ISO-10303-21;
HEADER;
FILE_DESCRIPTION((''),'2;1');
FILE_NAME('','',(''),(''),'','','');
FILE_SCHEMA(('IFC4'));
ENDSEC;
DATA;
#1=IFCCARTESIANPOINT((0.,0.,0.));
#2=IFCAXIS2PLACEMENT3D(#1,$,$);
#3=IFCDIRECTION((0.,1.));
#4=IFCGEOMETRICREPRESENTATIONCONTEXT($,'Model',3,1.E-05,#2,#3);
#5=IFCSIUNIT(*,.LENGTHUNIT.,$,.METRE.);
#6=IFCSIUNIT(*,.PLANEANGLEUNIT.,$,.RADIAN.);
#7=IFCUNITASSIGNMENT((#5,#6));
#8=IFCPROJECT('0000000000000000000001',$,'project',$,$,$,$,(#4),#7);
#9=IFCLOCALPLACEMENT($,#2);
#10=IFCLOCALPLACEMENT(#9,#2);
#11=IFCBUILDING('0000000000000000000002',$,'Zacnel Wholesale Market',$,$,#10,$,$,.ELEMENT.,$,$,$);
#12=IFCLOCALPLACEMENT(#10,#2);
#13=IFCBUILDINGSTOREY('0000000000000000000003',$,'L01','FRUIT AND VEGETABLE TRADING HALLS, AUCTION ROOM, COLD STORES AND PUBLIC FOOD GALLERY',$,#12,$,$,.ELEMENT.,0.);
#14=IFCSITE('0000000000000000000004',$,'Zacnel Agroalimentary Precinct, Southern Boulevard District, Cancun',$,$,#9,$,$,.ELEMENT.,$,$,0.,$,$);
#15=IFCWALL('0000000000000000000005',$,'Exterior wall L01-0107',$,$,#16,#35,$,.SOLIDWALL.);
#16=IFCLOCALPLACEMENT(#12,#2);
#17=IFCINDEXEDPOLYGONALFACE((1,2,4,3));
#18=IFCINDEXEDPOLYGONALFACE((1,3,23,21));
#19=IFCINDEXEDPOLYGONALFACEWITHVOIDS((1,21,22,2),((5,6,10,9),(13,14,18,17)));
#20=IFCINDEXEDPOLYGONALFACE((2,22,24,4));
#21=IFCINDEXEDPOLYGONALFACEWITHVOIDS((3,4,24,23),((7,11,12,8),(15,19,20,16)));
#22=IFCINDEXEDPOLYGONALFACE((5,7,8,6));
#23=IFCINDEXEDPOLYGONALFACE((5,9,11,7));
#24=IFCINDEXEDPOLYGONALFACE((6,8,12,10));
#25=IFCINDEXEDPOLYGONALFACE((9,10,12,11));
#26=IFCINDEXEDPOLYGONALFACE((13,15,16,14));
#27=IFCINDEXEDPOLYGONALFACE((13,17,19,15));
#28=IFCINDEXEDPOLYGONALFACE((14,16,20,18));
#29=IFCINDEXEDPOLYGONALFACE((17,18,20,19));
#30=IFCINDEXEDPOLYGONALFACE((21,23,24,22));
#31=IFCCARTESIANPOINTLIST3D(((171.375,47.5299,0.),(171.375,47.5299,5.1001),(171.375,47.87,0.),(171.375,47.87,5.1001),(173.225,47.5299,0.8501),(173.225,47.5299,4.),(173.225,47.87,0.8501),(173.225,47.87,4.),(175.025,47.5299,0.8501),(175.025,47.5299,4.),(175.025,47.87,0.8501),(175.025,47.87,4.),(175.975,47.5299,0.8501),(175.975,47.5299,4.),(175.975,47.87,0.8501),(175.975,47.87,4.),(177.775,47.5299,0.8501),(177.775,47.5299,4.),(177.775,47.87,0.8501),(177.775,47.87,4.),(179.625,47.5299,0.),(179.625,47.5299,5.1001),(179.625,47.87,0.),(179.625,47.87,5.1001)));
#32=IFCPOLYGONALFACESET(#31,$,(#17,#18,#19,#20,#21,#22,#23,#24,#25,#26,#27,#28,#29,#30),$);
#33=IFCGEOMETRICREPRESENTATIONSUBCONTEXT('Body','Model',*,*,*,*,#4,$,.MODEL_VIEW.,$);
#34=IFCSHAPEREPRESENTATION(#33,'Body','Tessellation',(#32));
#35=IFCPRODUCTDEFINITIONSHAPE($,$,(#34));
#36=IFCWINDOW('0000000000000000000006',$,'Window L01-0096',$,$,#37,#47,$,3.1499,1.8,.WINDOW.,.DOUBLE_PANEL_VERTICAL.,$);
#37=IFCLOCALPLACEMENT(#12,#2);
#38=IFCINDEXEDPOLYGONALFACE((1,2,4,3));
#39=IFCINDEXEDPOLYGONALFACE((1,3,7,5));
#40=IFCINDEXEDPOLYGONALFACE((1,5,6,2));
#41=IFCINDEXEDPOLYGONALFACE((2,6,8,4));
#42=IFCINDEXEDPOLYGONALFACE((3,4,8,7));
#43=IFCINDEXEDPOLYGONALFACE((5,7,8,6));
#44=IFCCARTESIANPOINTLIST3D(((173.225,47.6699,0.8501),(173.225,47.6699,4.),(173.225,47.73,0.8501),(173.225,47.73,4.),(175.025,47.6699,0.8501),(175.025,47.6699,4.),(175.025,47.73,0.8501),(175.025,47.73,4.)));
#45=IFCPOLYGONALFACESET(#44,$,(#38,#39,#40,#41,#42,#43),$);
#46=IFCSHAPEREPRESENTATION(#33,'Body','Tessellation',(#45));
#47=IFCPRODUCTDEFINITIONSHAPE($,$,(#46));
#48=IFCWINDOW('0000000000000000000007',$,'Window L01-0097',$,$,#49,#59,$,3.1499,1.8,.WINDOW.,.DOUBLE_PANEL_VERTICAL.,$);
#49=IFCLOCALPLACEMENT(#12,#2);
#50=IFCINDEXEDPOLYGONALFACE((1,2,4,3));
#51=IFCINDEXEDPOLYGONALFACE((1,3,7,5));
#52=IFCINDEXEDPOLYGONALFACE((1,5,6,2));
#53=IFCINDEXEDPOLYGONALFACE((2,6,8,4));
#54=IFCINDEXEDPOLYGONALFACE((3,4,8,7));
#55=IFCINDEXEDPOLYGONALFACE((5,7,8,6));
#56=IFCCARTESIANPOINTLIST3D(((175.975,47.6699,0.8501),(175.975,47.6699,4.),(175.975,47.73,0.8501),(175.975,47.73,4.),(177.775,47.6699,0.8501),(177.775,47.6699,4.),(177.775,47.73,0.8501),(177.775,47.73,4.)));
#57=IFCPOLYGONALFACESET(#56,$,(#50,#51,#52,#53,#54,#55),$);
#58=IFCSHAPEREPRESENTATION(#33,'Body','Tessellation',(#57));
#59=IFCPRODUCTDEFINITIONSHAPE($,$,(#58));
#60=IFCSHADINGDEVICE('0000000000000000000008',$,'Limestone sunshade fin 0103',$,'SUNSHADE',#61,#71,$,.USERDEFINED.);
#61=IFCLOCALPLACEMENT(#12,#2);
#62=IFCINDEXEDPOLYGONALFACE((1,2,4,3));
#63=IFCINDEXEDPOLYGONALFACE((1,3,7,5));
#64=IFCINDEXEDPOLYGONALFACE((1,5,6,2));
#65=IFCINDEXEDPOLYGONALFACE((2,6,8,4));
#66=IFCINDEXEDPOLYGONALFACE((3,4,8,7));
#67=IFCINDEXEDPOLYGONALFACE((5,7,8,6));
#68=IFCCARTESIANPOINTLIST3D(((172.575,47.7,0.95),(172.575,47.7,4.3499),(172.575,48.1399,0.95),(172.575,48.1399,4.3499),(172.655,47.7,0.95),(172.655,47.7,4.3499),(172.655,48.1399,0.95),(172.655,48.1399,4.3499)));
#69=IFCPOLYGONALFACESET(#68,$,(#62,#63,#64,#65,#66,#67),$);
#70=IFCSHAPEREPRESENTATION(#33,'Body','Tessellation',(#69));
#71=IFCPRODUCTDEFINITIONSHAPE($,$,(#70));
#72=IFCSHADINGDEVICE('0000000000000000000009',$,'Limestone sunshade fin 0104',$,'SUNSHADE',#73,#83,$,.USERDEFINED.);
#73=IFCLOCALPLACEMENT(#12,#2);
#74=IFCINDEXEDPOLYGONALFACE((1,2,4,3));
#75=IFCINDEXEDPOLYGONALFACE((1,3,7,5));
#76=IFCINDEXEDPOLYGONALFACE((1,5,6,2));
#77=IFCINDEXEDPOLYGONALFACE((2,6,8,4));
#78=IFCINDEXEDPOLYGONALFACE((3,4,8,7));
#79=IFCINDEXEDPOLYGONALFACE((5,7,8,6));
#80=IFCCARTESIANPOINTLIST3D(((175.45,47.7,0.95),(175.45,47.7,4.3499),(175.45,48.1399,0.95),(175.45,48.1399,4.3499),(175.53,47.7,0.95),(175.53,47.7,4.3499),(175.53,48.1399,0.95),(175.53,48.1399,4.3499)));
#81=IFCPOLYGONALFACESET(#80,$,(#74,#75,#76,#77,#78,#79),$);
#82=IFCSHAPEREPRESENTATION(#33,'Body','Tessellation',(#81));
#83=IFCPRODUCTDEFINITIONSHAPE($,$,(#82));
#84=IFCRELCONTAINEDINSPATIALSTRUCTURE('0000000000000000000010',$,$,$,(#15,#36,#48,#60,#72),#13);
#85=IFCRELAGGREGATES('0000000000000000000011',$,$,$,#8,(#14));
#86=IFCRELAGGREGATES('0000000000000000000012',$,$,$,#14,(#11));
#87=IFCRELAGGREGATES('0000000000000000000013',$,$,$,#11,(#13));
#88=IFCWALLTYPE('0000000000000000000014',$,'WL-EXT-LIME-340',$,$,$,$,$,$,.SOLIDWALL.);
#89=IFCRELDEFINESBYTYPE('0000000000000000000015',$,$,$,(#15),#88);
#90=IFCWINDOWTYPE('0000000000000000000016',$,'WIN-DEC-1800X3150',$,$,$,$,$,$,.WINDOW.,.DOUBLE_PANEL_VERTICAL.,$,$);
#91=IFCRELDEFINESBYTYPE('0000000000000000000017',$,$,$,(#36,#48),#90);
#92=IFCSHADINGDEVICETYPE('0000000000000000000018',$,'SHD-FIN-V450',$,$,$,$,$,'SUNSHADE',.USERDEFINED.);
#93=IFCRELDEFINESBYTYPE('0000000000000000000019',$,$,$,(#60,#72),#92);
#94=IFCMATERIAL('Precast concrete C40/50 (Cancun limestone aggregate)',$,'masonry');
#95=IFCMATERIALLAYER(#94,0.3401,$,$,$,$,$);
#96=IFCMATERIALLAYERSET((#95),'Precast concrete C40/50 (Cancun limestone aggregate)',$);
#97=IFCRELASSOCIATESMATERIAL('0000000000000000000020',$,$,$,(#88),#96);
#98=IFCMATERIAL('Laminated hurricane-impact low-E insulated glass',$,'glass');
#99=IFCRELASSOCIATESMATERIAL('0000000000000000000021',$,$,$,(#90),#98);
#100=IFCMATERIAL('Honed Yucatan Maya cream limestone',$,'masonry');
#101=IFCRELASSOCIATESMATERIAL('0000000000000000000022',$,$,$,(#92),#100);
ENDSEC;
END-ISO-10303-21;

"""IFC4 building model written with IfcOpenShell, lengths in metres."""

from ifc_helpers import new_model, si_unit, direction, frame, frame_2d, origin, origin_2d, place, context, subcontext, project, spatial, rectangle, extrude, material, layer, layer_set, type_object, element, fill, save


model = new_model("IFC4")

# Units and contexts
model_context = context("Model", 3, precision=1e-05, world=origin(), true_north=direction((0.0, 1.0)))
body_context = subcontext(model_context, "Body", "Model", "MODEL_VIEW")
ifc_project = project(units=[si_unit("LENGTHUNIT", "METRE"), si_unit("PLANEANGLEUNIT", "RADIAN")], contexts=[model_context])

# Site, building, storey
site_placement = place(None, origin())
site = spatial("IfcSite", under=ifc_project, at=site_placement, Name="Zacnel Agroalimentary Precinct, Southern Boulevard District, Cancun", CompositionType="ELEMENT", RefElevation=0.0)
building_placement = place(site_placement, origin())
building = spatial("IfcBuilding", under=site, at=building_placement, Name="Zacnel Wholesale Market", CompositionType="ELEMENT")
storey_placement = place(building_placement, origin())
storey = spatial("IfcBuildingStorey", under=building, at=storey_placement, Name="L01", Description="FRUIT AND VEGETABLE TRADING HALLS, AUCTION ROOM, COLD STORES AND PUBLIC FOOD GALLERY", CompositionType="ELEMENT", Elevation=0.0)

# Wall, openings, windows
ifc_material_1 = material(Name="Precast concrete C40/50 (Cancun limestone aggregate)", Category="masonry")
ifc_layer_1 = layer(ifc_material_1, 0.3401)
ifc_layer_set_1 = layer_set([ifc_layer_1], Name="Precast concrete C40/50 (Cancun limestone aggregate)")
wall_type = type_object("IfcWallType", Name="WL-EXT-LIME-340", PredefinedType="SOLIDWALL", material=ifc_layer_set_1)
wall_placement = place(storey_placement, frame((171.375, 47.7, 0.0), z_axis=(0.0, 0.0, 1.0), x_axis=(1.0, 0.0, 0.0)))
wall = element("IfcWall", 1, at=wall_placement, inside=storey, type_object=wall_type, Name="Exterior wall L01-0107", PredefinedType="SOLIDWALL", context=body_context, shape_type="SweptSolid", body=[
    extrude(rectangle(XDim=8.25, YDim=0.3401, at=frame_2d((4.125, 0.0))), origin(), (0.0, 0.0, 1.0), 5.1001),
])
opening_1_placement = place(wall_placement, frame((1.8501, 0.0, 0.8501)))
opening_1 = element("IfcOpeningElement", 2, at=opening_1_placement, cuts=wall, PredefinedType="OPENING", context=body_context, shape_type="SweptSolid", body=[
    extrude(rectangle(XDim=1.8, YDim=3.1499, at=frame_2d((0.8999, 1.575))), frame((0.0, 0.1799, 0.0), z_axis=(0.0, -1.0, 0.0), x_axis=(1.0, 0.0, 0.0)), (0.0, 0.0, 1.0), 0.3601),
])
opening_2_placement = place(wall_placement, frame((4.6001, 0.0, 0.8501)))
opening_2 = element("IfcOpeningElement", 3, at=opening_2_placement, cuts=wall, PredefinedType="OPENING", context=body_context, shape_type="SweptSolid", body=[
    extrude(rectangle(XDim=1.8, YDim=3.1499, at=frame_2d((0.8999, 1.575))), frame((0.0, 0.1799, 0.0), z_axis=(0.0, -1.0, 0.0), x_axis=(1.0, 0.0, 0.0)), (0.0, 0.0, 1.0), 0.3601),
])
ifc_material_2 = material(Name="Laminated hurricane-impact low-E insulated glass", Category="glass")
window_type = type_object("IfcWindowType", Name="WIN-DEC-1800X3150", PartitioningType="DOUBLE_PANEL_VERTICAL", PredefinedType="WINDOW", material=ifc_material_2)
window_1_placement = place(opening_1_placement, origin())
window_1 = element("IfcWindow", 4, at=window_1_placement, inside=storey, type_object=window_type, Name="Window L01-0096", OverallHeight=3.1499, OverallWidth=1.8, PartitioningType="DOUBLE_PANEL_VERTICAL", PredefinedType="WINDOW", context=body_context, shape_type="SweptSolid", body=[
    extrude(rectangle(XDim=1.8, YDim=3.1499, at=frame_2d((0.8999, 1.575))), frame((0.0, 0.03, 0.0), z_axis=(0.0, -1.0, 0.0), x_axis=(1.0, 0.0, 0.0)), (0.0, 0.0, 1.0), 0.0601),
])
fill(opening_1, window_1)
window_2_placement = place(opening_2_placement, origin())
window_2 = element("IfcWindow", 5, at=window_2_placement, inside=storey, type_object=window_type, Name="Window L01-0097", OverallHeight=3.1499, OverallWidth=1.8, PartitioningType="DOUBLE_PANEL_VERTICAL", PredefinedType="WINDOW", context=body_context, shape_type="SweptSolid", body=[
    extrude(rectangle(XDim=1.8, YDim=3.1499, at=frame_2d((0.8999, 1.575))), frame((0.0, 0.03, 0.0), z_axis=(0.0, -1.0, 0.0), x_axis=(1.0, 0.0, 0.0)), (0.0, 0.0, 1.0), 0.0601),
])
fill(opening_2, window_2)

# Shading devices
ifc_material_3 = material(Name="Honed Yucatan Maya cream limestone", Category="masonry")
shading_device_type = type_object("IfcShadingDeviceType", Name="SHD-FIN-V450", ElementType="SUNSHADE", PredefinedType="USERDEFINED", material=ifc_material_3)
for number, where, z_axis, x_axis, name in (
    (6, (172.615, 47.9199, 0.95), (0.0, 0.0, 1.0), (1.0, 0.0, 0.0), "Limestone sunshade fin 0103"),
    (7, (175.49, 47.9199, 0.95), (0.0, 0.0, 1.0), (1.0, 0.0, 0.0), "Limestone sunshade fin 0104"),
):
    element("IfcShadingDevice", number, at=place(storey_placement, frame(where, z_axis=z_axis, x_axis=x_axis)), inside=storey, type_object=shading_device_type, Name=name, ObjectType="SUNSHADE", PredefinedType="USERDEFINED", context=body_context, shape_type="SweptSolid", body=[
        extrude(rectangle(XDim=0.0801, YDim=0.4399, at=origin_2d()), origin(), (0.0, 0.0, 1.0), 3.3999),
    ])

save(model, "model.ifc")
